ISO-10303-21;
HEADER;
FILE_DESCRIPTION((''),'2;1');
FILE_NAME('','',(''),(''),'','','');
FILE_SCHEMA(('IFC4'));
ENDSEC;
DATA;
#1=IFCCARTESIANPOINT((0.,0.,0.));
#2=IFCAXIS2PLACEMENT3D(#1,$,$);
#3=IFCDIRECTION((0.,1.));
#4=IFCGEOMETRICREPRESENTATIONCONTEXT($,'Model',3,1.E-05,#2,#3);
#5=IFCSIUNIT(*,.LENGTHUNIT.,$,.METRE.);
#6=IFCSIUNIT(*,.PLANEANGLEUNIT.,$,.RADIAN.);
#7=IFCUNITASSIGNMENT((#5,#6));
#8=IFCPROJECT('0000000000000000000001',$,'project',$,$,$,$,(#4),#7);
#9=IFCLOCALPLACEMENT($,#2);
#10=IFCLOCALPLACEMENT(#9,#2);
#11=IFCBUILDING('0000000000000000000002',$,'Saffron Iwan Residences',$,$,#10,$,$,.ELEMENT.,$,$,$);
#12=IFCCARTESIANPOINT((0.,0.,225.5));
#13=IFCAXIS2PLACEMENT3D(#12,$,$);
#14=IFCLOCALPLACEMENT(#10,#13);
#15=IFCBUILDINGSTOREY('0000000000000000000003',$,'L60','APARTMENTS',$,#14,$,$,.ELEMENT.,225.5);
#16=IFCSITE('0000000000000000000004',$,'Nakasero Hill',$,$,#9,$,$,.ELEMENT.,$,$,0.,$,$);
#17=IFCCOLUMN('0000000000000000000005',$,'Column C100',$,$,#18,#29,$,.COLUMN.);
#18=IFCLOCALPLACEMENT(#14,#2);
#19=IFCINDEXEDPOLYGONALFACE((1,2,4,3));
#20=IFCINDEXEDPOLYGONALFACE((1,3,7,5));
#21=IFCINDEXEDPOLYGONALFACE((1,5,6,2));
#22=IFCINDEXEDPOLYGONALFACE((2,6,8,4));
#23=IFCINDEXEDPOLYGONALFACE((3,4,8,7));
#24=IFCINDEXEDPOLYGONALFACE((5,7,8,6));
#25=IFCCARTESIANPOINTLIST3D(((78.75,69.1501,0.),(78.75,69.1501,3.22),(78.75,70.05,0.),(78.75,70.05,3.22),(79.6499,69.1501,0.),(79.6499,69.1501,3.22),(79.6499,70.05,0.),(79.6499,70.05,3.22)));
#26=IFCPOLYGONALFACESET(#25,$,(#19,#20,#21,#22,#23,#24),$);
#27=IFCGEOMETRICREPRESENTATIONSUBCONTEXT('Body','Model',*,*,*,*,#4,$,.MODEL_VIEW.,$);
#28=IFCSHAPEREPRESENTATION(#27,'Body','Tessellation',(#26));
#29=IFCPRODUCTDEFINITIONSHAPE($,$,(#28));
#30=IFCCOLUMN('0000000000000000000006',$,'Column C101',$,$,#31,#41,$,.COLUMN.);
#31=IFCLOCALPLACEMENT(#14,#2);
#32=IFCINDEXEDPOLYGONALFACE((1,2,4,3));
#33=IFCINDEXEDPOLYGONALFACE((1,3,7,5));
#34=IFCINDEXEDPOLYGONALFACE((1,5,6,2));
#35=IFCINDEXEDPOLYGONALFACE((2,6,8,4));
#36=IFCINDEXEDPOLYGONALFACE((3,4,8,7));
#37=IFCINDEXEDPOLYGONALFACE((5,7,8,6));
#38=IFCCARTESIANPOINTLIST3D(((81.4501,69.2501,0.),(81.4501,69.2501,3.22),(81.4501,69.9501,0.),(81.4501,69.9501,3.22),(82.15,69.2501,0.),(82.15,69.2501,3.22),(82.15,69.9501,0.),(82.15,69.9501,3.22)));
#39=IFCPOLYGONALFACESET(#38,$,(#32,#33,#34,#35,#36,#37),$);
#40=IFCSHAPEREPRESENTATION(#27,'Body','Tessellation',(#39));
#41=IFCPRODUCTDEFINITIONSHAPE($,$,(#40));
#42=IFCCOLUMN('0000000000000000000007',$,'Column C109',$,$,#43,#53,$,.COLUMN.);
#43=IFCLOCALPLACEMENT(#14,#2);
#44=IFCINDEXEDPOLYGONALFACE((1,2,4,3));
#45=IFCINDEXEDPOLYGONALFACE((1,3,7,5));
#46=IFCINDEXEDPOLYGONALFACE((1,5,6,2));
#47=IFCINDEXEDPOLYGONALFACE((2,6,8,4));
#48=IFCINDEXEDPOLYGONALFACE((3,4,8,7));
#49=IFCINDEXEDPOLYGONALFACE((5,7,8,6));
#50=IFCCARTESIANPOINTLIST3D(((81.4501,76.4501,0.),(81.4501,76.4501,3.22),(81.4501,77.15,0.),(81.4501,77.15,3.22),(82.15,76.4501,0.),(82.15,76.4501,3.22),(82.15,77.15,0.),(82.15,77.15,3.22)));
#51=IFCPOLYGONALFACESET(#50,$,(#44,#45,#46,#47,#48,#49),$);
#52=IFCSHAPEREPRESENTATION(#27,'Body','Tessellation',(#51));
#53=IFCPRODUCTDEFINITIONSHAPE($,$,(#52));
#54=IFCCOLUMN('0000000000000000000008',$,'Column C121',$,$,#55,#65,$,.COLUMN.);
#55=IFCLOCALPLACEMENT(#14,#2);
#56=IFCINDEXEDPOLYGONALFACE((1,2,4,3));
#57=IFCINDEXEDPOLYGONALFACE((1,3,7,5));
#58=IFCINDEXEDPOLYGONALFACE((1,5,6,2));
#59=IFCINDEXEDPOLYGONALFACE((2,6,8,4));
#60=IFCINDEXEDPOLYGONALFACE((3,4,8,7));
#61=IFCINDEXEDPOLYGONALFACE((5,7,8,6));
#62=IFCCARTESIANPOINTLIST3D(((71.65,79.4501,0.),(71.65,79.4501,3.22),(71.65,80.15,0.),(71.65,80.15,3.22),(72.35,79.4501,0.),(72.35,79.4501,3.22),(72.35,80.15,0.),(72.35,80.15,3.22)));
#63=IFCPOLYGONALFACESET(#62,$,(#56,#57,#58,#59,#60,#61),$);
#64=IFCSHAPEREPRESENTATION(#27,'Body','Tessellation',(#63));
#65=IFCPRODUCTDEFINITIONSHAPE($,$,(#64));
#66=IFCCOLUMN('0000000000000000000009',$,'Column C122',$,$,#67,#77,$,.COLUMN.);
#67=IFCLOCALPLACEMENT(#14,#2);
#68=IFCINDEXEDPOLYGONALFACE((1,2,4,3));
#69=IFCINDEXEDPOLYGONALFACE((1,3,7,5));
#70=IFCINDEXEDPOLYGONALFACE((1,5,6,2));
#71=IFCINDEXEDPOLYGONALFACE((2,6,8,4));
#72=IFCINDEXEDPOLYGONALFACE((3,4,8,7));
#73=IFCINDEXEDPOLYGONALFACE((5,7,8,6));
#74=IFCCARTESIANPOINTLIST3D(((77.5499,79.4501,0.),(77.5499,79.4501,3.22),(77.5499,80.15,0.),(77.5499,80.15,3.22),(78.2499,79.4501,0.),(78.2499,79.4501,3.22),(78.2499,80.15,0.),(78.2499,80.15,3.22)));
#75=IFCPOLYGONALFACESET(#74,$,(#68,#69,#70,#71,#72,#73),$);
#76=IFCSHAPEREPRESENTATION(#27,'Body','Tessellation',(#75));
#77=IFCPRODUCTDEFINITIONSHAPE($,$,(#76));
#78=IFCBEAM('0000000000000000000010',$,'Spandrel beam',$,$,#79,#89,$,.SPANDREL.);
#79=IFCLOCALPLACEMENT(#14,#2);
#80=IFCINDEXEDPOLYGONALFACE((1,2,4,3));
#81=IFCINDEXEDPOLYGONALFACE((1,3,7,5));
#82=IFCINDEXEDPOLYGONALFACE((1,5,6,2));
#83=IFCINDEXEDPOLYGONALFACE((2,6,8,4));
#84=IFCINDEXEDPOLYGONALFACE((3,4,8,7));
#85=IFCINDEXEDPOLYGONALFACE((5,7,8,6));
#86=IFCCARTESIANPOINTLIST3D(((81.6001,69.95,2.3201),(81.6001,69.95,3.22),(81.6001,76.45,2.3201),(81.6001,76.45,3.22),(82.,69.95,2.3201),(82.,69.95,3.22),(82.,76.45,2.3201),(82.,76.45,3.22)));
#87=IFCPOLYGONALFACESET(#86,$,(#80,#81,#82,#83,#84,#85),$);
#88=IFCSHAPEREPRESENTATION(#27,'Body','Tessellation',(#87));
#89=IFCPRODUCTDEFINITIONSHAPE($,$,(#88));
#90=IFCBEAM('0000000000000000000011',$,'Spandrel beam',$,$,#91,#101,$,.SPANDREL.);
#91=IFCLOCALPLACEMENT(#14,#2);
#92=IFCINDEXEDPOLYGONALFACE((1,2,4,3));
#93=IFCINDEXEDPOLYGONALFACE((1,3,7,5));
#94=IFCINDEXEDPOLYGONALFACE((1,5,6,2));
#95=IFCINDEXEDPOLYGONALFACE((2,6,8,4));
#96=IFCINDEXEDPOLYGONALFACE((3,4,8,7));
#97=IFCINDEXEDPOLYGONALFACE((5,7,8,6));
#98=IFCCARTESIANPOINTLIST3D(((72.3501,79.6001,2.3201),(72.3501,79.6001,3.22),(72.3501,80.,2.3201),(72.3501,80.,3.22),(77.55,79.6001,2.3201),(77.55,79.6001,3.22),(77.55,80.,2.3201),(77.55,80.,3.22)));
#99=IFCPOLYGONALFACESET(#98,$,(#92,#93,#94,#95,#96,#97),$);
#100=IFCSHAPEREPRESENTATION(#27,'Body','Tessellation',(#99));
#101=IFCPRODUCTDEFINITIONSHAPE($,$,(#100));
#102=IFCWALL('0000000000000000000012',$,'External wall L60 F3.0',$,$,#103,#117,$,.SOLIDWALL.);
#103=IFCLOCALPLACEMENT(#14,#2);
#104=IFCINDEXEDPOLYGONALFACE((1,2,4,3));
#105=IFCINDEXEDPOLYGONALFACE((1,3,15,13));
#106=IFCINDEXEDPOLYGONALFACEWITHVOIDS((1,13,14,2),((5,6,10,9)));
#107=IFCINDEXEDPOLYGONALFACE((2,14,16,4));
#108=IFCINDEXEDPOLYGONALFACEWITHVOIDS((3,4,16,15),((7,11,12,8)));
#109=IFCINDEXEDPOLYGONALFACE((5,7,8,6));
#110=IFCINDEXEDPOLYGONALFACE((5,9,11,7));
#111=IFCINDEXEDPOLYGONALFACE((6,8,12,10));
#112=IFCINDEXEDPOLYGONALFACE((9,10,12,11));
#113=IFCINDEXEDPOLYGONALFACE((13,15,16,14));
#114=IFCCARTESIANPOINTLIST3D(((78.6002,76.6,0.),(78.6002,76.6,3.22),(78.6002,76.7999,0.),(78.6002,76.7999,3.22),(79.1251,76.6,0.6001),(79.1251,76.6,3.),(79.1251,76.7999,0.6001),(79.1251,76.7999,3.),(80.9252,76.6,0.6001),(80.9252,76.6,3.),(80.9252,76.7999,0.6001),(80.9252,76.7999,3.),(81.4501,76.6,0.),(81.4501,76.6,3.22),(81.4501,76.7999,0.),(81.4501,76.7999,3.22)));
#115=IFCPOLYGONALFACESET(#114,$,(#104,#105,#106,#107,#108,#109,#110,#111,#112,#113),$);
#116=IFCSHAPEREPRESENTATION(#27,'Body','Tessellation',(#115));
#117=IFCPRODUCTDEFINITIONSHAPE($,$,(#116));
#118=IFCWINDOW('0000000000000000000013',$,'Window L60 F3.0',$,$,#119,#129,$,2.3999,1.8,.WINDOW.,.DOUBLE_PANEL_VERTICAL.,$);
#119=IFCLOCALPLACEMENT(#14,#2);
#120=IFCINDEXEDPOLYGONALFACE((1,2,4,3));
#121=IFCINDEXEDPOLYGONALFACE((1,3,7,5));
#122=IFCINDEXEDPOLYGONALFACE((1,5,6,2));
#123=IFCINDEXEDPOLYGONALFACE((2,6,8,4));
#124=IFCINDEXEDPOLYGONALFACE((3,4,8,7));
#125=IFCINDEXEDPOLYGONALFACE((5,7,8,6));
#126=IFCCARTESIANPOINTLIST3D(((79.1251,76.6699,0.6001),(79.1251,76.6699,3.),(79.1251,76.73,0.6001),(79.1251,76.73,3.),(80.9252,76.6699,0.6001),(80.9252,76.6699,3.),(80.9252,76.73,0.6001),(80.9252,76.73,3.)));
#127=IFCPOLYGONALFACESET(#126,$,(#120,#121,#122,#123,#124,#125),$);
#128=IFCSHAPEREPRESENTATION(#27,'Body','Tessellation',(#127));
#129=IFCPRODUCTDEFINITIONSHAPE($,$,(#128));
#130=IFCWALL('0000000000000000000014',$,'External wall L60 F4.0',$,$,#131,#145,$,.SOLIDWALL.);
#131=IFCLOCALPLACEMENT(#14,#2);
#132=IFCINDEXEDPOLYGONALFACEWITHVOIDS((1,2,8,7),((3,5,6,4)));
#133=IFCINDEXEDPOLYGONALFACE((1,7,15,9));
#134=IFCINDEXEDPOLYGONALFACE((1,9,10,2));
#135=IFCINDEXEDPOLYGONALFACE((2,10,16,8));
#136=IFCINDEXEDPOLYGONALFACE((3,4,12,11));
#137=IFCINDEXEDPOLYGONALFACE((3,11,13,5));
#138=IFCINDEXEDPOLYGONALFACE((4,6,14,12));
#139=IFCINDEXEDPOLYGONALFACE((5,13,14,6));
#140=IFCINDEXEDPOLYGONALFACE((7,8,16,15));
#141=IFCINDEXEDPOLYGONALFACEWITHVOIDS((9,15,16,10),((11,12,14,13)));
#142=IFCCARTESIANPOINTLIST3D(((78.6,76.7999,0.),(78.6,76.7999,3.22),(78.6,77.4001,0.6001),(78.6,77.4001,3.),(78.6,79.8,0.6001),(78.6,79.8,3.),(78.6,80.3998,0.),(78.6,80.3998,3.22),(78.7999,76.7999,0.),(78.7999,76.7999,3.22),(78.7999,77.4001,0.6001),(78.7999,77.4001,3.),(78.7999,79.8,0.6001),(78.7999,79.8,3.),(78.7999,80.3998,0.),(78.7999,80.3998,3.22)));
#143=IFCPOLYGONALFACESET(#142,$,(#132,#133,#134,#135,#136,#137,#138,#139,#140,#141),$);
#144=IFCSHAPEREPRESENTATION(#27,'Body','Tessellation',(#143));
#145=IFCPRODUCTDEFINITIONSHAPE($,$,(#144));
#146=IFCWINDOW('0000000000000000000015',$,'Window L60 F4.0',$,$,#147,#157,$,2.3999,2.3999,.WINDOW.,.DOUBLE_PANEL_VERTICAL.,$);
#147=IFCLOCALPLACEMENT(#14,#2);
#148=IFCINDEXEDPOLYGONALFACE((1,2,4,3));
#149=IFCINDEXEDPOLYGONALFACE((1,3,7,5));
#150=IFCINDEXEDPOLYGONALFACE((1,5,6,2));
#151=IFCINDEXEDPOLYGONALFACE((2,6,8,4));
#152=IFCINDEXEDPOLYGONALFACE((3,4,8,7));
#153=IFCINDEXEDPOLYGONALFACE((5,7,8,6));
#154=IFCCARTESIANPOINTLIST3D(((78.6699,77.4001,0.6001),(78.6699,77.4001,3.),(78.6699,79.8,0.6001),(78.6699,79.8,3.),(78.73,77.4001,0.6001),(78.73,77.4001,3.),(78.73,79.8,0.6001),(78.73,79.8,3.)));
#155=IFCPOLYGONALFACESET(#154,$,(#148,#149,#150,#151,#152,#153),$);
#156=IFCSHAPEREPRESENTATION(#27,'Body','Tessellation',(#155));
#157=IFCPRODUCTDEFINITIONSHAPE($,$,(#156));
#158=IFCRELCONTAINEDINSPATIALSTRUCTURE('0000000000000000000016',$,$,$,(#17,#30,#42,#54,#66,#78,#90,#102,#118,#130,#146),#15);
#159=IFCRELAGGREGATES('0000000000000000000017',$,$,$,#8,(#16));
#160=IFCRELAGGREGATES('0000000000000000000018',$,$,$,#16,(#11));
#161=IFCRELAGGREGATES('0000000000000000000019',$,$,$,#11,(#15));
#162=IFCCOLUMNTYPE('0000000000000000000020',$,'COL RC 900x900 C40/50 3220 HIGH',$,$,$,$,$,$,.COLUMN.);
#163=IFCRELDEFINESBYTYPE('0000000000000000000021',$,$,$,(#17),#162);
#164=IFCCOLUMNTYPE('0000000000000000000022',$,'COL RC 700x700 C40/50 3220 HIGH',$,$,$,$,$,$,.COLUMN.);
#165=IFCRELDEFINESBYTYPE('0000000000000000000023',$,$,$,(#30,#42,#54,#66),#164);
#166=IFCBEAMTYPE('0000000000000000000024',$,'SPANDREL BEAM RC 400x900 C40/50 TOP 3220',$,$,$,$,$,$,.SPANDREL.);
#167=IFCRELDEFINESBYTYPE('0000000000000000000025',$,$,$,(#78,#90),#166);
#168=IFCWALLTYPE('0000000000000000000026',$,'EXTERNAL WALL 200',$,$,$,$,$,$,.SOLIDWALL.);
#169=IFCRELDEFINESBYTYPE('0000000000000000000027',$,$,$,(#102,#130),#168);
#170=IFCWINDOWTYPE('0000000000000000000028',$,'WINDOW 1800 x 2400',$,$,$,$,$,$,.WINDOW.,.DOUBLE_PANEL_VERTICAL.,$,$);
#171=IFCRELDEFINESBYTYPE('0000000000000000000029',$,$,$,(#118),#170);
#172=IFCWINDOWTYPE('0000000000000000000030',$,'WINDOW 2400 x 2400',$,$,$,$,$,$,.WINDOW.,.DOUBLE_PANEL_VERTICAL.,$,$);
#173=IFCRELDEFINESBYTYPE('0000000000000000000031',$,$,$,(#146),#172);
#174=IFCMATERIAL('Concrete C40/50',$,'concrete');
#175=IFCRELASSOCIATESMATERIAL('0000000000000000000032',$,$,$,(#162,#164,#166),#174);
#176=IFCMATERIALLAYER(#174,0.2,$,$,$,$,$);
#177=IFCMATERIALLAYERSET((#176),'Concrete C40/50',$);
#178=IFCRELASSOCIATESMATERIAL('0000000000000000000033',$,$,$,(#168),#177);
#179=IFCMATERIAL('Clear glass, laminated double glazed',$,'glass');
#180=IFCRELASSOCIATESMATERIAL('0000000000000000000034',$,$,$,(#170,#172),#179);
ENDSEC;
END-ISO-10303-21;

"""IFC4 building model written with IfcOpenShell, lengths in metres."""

from ifc_helpers import new_model, si_unit, direction, frame, frame_2d, origin, origin_2d, place, context, subcontext, project, spatial, rectangle, extrude, source, transform, mapped, material, layer, layer_set, material_profile, profile_set, type_object, element, fill, save


model = new_model("IFC4")

# Units and contexts
model_context = context("Model", 3, precision=1e-05, world=origin(), true_north=direction((0.0, 1.0)))
body_context = subcontext(model_context, "Body", "Model", "MODEL_VIEW")
ifc_project = project(units=[si_unit("LENGTHUNIT", "METRE"), si_unit("PLANEANGLEUNIT", "RADIAN")], contexts=[model_context])

# Site, building, storey
site_placement = place(None, origin())
site = spatial("IfcSite", under=ifc_project, at=site_placement, Name="Nakasero Hill", CompositionType="ELEMENT", RefElevation=0.0)
building_placement = place(site_placement, origin())
building = spatial("IfcBuilding", under=site, at=building_placement, Name="Saffron Iwan Residences", CompositionType="ELEMENT")
storey_placement = place(building_placement, frame((0.0, 0.0, 225.5)))
storey = spatial("IfcBuildingStorey", under=building, at=storey_placement, Name="L60", Description="APARTMENTS", CompositionType="ELEMENT", Elevation=225.5)

# Columns
ifc_material_1 = material(Name="Concrete C40/50", Category="concrete")
ifc_material_profile_1 = material_profile(ifc_material_1, rectangle(XDim=0.8999, YDim=0.8999, at=origin_2d()), Name="RC 900x900")
ifc_profile_set_1 = profile_set([ifc_material_profile_1], Name="Concrete C40/50")
column_type_1 = type_object("IfcColumnType", Name="COL RC 900x900 C40/50 3220 HIGH", PredefinedType="COLUMN", material=ifc_profile_set_1)
shared_shape_1 = source(origin(), body_context, "Body", "SweptSolid", [
    extrude(rectangle(XDim=0.8999, YDim=0.8999, at=origin_2d()), origin(), (0.0, 0.0, 1.0), 3.22),
])
column_placement = place(storey_placement, frame((79.2, 69.6001, 0.0), z_axis=(0.0, 0.0, 1.0), x_axis=(1.0, 0.0, 0.0)))
element("IfcColumn", 1, at=column_placement, inside=storey, type_object=column_type_1, Name="Column C100", PredefinedType="COLUMN", context=body_context, shape_type="MappedRepresentation", body=[
    mapped(shared_shape_1, transform((0.0, 0.0, 0.0))),
])
ifc_material_profile_2 = material_profile(ifc_material_1, rectangle(XDim=0.7, YDim=0.7, at=origin_2d()), Name="RC 700x700")
ifc_profile_set_2 = profile_set([ifc_material_profile_2], Name="Concrete C40/50")
column_type_2 = type_object("IfcColumnType", Name="COL RC 700x700 C40/50 3220 HIGH", PredefinedType="COLUMN", material=ifc_profile_set_2)
shared_shape_2 = source(origin(), body_context, "Body", "SweptSolid", [
    extrude(rectangle(XDim=0.7, YDim=0.7, at=origin_2d()), origin(), (0.0, 0.0, 1.0), 3.22),
])
for number, where, z_axis, x_axis, name in (
    (2, (81.8, 69.6001, 0.0), (0.0, 0.0, 1.0), (1.0, 0.0, 0.0), "Column C101"),
    (3, (81.8, 76.8, 0.0), (0.0, 0.0, 1.0), (1.0, 0.0, 0.0), "Column C109"),
    (4, (72.0, 79.8, 0.0), (0.0, 0.0, 1.0), (1.0, 0.0, 0.0), "Column C121"),
    (5, (77.8999, 79.8, 0.0), (0.0, 0.0, 1.0), (1.0, 0.0, 0.0), "Column C122"),
):
    element("IfcColumn", number, at=place(storey_placement, frame(where, z_axis=z_axis, x_axis=x_axis)), inside=storey, type_object=column_type_2, Name=name, PredefinedType="COLUMN", context=body_context, shape_type="MappedRepresentation", body=[
        mapped(shared_shape_2, transform((0.0, 0.0, 0.0))),
    ])

# Beams
ifc_material_profile_3 = material_profile(ifc_material_1, rectangle(XDim=0.3999, YDim=0.8999, at=origin_2d()), Name="RC 400x900")
ifc_profile_set_3 = profile_set([ifc_material_profile_3], Name="Concrete C40/50")
beam_type = type_object("IfcBeamType", Name="SPANDREL BEAM RC 400x900 C40/50 TOP 3220", PredefinedType="SPANDREL", material=ifc_profile_set_3)
shared_shape_3 = source(origin(), body_context, "Body", "SweptSolid", [
    extrude(rectangle(XDim=0.3999, YDim=0.8999, at=origin_2d()), origin(), (0.0, 0.0, 1.0), 6.5),
])
beam_1_placement = place(storey_placement, frame((81.8, 76.45, 2.77), z_axis=(0.0, -1.0, 0.0), x_axis=(1.0, 0.0, 0.0)))
element("IfcBeam", 6, at=beam_1_placement, inside=storey, type_object=beam_type, Name="Spandrel beam", PredefinedType="SPANDREL", context=body_context, shape_type="MappedRepresentation", body=[
    mapped(shared_shape_3, transform((0.0, 0.0, 0.0))),
])
shared_shape_4 = source(origin(), body_context, "Body", "SweptSolid", [
    extrude(rectangle(XDim=0.3999, YDim=0.8999, at=origin_2d()), origin(), (0.0, 0.0, 1.0), 5.2),
])
beam_2_placement = place(storey_placement, frame((72.3501, 79.8, 2.77), z_axis=(1.0, 0.0, 0.0), x_axis=(0.0, 1.0, 0.0)))
element("IfcBeam", 7, at=beam_2_placement, inside=storey, type_object=beam_type, Name="Spandrel beam", PredefinedType="SPANDREL", context=body_context, shape_type="MappedRepresentation", body=[
    mapped(shared_shape_4, transform((0.0, 0.0, 0.0))),
])

# Walls, openings, windows
ifc_layer_1 = layer(ifc_material_1, 0.2)
ifc_layer_set_1 = layer_set([ifc_layer_1], Name="Concrete C40/50")
wall_type_1 = type_object("IfcWallType", Name="EXTERNAL WALL 200", PredefinedType="SOLIDWALL", material=ifc_layer_set_1)
wall_1_placement = place(storey_placement, frame((81.45, 76.7, 0.0), z_axis=(0.0, 0.0, 1.0), x_axis=(-1.0, 0.0, 0.0)))
wall_1 = element("IfcWall", 8, at=wall_1_placement, inside=storey, type_object=wall_type_1, Name="External wall L60 F3.0", PredefinedType="SOLIDWALL", context=body_context, shape_type="SweptSolid", body=[
    extrude(rectangle(XDim=2.8499, YDim=0.2, at=frame_2d((1.4248, 0.0))), origin(), (0.0, 0.0, 1.0), 3.22),
])
opening_1_placement = place(wall_1_placement, frame((0.5249, 0.0, 0.6001)))
opening_1 = element("IfcOpeningElement", 9, at=opening_1_placement, cuts=wall_1, PredefinedType="OPENING", context=body_context, shape_type="SweptSolid", body=[
    extrude(rectangle(XDim=1.8, YDim=2.3999, at=frame_2d((0.8999, 1.2))), frame((0.0, 0.1099, 0.0), z_axis=(0.0, -1.0, 0.0), x_axis=(1.0, 0.0, 0.0)), (0.0, 0.0, 1.0), 0.22),
])
ifc_material_2 = material(Name="Clear glass, laminated double glazed", Category="glass")
window_type_1 = type_object("IfcWindowType", Name="WINDOW 1800 x 2400", PartitioningType="DOUBLE_PANEL_VERTICAL", PredefinedType="WINDOW", material=ifc_material_2)
window_1_placement = place(opening_1_placement, origin())
window_1 = element("IfcWindow", 10, at=window_1_placement, inside=storey, type_object=window_type_1, Name="Window L60 F3.0", OverallHeight=2.3999, OverallWidth=1.8, PartitioningType="DOUBLE_PANEL_VERTICAL", PredefinedType="WINDOW", context=body_context, shape_type="SweptSolid", body=[
    extrude(rectangle(XDim=1.8, YDim=2.3999, at=frame_2d((0.8999, 1.2))), frame((0.0, 0.03, 0.0), z_axis=(0.0, -1.0, 0.0), x_axis=(1.0, 0.0, 0.0)), (0.0, 0.0, 1.0), 0.0601),
])
fill(opening_1, window_1)
wall_2_placement = place(storey_placement, frame((78.7, 76.8, 0.0), z_axis=(0.0, 0.0, 1.0), x_axis=(0.0, 1.0, 0.0)))
wall_2 = element("IfcWall", 11, at=wall_2_placement, inside=storey, type_object=wall_type_1, Name="External wall L60 F4.0", PredefinedType="SOLIDWALL", context=body_context, shape_type="SweptSolid", body=[
    extrude(rectangle(XDim=3.5999, YDim=0.2, at=frame_2d((1.7998, 0.0))), origin(), (0.0, 0.0, 1.0), 3.22),
])
opening_2_placement = place(wall_2_placement, frame((0.6001, 0.0, 0.6001)))
opening_2 = element("IfcOpeningElement", 12, at=opening_2_placement, cuts=wall_2, PredefinedType="OPENING", context=body_context, shape_type="SweptSolid", body=[
    extrude(rectangle(XDim=2.3999, YDim=2.3999, at=frame_2d((1.2, 1.2))), frame((0.0, 0.1099, 0.0), z_axis=(0.0, -1.0, 0.0), x_axis=(1.0, 0.0, 0.0)), (0.0, 0.0, 1.0), 0.22),
])
window_type_2 = type_object("IfcWindowType", Name="WINDOW 2400 x 2400", PartitioningType="DOUBLE_PANEL_VERTICAL", PredefinedType="WINDOW", material=ifc_material_2)
window_2_placement = place(opening_2_placement, origin())
window_2 = element("IfcWindow", 13, at=window_2_placement, inside=storey, type_object=window_type_2, Name="Window L60 F4.0", OverallHeight=2.3999, OverallWidth=2.3999, PartitioningType="DOUBLE_PANEL_VERTICAL", PredefinedType="WINDOW", context=body_context, shape_type="SweptSolid", body=[
    extrude(rectangle(XDim=2.3999, YDim=2.3999, at=frame_2d((1.2, 1.2))), frame((0.0, 0.03, 0.0), z_axis=(0.0, -1.0, 0.0), x_axis=(1.0, 0.0, 0.0)), (0.0, 0.0, 1.0), 0.0601),
])
fill(opening_2, window_2)

save(model, "model.ifc")
